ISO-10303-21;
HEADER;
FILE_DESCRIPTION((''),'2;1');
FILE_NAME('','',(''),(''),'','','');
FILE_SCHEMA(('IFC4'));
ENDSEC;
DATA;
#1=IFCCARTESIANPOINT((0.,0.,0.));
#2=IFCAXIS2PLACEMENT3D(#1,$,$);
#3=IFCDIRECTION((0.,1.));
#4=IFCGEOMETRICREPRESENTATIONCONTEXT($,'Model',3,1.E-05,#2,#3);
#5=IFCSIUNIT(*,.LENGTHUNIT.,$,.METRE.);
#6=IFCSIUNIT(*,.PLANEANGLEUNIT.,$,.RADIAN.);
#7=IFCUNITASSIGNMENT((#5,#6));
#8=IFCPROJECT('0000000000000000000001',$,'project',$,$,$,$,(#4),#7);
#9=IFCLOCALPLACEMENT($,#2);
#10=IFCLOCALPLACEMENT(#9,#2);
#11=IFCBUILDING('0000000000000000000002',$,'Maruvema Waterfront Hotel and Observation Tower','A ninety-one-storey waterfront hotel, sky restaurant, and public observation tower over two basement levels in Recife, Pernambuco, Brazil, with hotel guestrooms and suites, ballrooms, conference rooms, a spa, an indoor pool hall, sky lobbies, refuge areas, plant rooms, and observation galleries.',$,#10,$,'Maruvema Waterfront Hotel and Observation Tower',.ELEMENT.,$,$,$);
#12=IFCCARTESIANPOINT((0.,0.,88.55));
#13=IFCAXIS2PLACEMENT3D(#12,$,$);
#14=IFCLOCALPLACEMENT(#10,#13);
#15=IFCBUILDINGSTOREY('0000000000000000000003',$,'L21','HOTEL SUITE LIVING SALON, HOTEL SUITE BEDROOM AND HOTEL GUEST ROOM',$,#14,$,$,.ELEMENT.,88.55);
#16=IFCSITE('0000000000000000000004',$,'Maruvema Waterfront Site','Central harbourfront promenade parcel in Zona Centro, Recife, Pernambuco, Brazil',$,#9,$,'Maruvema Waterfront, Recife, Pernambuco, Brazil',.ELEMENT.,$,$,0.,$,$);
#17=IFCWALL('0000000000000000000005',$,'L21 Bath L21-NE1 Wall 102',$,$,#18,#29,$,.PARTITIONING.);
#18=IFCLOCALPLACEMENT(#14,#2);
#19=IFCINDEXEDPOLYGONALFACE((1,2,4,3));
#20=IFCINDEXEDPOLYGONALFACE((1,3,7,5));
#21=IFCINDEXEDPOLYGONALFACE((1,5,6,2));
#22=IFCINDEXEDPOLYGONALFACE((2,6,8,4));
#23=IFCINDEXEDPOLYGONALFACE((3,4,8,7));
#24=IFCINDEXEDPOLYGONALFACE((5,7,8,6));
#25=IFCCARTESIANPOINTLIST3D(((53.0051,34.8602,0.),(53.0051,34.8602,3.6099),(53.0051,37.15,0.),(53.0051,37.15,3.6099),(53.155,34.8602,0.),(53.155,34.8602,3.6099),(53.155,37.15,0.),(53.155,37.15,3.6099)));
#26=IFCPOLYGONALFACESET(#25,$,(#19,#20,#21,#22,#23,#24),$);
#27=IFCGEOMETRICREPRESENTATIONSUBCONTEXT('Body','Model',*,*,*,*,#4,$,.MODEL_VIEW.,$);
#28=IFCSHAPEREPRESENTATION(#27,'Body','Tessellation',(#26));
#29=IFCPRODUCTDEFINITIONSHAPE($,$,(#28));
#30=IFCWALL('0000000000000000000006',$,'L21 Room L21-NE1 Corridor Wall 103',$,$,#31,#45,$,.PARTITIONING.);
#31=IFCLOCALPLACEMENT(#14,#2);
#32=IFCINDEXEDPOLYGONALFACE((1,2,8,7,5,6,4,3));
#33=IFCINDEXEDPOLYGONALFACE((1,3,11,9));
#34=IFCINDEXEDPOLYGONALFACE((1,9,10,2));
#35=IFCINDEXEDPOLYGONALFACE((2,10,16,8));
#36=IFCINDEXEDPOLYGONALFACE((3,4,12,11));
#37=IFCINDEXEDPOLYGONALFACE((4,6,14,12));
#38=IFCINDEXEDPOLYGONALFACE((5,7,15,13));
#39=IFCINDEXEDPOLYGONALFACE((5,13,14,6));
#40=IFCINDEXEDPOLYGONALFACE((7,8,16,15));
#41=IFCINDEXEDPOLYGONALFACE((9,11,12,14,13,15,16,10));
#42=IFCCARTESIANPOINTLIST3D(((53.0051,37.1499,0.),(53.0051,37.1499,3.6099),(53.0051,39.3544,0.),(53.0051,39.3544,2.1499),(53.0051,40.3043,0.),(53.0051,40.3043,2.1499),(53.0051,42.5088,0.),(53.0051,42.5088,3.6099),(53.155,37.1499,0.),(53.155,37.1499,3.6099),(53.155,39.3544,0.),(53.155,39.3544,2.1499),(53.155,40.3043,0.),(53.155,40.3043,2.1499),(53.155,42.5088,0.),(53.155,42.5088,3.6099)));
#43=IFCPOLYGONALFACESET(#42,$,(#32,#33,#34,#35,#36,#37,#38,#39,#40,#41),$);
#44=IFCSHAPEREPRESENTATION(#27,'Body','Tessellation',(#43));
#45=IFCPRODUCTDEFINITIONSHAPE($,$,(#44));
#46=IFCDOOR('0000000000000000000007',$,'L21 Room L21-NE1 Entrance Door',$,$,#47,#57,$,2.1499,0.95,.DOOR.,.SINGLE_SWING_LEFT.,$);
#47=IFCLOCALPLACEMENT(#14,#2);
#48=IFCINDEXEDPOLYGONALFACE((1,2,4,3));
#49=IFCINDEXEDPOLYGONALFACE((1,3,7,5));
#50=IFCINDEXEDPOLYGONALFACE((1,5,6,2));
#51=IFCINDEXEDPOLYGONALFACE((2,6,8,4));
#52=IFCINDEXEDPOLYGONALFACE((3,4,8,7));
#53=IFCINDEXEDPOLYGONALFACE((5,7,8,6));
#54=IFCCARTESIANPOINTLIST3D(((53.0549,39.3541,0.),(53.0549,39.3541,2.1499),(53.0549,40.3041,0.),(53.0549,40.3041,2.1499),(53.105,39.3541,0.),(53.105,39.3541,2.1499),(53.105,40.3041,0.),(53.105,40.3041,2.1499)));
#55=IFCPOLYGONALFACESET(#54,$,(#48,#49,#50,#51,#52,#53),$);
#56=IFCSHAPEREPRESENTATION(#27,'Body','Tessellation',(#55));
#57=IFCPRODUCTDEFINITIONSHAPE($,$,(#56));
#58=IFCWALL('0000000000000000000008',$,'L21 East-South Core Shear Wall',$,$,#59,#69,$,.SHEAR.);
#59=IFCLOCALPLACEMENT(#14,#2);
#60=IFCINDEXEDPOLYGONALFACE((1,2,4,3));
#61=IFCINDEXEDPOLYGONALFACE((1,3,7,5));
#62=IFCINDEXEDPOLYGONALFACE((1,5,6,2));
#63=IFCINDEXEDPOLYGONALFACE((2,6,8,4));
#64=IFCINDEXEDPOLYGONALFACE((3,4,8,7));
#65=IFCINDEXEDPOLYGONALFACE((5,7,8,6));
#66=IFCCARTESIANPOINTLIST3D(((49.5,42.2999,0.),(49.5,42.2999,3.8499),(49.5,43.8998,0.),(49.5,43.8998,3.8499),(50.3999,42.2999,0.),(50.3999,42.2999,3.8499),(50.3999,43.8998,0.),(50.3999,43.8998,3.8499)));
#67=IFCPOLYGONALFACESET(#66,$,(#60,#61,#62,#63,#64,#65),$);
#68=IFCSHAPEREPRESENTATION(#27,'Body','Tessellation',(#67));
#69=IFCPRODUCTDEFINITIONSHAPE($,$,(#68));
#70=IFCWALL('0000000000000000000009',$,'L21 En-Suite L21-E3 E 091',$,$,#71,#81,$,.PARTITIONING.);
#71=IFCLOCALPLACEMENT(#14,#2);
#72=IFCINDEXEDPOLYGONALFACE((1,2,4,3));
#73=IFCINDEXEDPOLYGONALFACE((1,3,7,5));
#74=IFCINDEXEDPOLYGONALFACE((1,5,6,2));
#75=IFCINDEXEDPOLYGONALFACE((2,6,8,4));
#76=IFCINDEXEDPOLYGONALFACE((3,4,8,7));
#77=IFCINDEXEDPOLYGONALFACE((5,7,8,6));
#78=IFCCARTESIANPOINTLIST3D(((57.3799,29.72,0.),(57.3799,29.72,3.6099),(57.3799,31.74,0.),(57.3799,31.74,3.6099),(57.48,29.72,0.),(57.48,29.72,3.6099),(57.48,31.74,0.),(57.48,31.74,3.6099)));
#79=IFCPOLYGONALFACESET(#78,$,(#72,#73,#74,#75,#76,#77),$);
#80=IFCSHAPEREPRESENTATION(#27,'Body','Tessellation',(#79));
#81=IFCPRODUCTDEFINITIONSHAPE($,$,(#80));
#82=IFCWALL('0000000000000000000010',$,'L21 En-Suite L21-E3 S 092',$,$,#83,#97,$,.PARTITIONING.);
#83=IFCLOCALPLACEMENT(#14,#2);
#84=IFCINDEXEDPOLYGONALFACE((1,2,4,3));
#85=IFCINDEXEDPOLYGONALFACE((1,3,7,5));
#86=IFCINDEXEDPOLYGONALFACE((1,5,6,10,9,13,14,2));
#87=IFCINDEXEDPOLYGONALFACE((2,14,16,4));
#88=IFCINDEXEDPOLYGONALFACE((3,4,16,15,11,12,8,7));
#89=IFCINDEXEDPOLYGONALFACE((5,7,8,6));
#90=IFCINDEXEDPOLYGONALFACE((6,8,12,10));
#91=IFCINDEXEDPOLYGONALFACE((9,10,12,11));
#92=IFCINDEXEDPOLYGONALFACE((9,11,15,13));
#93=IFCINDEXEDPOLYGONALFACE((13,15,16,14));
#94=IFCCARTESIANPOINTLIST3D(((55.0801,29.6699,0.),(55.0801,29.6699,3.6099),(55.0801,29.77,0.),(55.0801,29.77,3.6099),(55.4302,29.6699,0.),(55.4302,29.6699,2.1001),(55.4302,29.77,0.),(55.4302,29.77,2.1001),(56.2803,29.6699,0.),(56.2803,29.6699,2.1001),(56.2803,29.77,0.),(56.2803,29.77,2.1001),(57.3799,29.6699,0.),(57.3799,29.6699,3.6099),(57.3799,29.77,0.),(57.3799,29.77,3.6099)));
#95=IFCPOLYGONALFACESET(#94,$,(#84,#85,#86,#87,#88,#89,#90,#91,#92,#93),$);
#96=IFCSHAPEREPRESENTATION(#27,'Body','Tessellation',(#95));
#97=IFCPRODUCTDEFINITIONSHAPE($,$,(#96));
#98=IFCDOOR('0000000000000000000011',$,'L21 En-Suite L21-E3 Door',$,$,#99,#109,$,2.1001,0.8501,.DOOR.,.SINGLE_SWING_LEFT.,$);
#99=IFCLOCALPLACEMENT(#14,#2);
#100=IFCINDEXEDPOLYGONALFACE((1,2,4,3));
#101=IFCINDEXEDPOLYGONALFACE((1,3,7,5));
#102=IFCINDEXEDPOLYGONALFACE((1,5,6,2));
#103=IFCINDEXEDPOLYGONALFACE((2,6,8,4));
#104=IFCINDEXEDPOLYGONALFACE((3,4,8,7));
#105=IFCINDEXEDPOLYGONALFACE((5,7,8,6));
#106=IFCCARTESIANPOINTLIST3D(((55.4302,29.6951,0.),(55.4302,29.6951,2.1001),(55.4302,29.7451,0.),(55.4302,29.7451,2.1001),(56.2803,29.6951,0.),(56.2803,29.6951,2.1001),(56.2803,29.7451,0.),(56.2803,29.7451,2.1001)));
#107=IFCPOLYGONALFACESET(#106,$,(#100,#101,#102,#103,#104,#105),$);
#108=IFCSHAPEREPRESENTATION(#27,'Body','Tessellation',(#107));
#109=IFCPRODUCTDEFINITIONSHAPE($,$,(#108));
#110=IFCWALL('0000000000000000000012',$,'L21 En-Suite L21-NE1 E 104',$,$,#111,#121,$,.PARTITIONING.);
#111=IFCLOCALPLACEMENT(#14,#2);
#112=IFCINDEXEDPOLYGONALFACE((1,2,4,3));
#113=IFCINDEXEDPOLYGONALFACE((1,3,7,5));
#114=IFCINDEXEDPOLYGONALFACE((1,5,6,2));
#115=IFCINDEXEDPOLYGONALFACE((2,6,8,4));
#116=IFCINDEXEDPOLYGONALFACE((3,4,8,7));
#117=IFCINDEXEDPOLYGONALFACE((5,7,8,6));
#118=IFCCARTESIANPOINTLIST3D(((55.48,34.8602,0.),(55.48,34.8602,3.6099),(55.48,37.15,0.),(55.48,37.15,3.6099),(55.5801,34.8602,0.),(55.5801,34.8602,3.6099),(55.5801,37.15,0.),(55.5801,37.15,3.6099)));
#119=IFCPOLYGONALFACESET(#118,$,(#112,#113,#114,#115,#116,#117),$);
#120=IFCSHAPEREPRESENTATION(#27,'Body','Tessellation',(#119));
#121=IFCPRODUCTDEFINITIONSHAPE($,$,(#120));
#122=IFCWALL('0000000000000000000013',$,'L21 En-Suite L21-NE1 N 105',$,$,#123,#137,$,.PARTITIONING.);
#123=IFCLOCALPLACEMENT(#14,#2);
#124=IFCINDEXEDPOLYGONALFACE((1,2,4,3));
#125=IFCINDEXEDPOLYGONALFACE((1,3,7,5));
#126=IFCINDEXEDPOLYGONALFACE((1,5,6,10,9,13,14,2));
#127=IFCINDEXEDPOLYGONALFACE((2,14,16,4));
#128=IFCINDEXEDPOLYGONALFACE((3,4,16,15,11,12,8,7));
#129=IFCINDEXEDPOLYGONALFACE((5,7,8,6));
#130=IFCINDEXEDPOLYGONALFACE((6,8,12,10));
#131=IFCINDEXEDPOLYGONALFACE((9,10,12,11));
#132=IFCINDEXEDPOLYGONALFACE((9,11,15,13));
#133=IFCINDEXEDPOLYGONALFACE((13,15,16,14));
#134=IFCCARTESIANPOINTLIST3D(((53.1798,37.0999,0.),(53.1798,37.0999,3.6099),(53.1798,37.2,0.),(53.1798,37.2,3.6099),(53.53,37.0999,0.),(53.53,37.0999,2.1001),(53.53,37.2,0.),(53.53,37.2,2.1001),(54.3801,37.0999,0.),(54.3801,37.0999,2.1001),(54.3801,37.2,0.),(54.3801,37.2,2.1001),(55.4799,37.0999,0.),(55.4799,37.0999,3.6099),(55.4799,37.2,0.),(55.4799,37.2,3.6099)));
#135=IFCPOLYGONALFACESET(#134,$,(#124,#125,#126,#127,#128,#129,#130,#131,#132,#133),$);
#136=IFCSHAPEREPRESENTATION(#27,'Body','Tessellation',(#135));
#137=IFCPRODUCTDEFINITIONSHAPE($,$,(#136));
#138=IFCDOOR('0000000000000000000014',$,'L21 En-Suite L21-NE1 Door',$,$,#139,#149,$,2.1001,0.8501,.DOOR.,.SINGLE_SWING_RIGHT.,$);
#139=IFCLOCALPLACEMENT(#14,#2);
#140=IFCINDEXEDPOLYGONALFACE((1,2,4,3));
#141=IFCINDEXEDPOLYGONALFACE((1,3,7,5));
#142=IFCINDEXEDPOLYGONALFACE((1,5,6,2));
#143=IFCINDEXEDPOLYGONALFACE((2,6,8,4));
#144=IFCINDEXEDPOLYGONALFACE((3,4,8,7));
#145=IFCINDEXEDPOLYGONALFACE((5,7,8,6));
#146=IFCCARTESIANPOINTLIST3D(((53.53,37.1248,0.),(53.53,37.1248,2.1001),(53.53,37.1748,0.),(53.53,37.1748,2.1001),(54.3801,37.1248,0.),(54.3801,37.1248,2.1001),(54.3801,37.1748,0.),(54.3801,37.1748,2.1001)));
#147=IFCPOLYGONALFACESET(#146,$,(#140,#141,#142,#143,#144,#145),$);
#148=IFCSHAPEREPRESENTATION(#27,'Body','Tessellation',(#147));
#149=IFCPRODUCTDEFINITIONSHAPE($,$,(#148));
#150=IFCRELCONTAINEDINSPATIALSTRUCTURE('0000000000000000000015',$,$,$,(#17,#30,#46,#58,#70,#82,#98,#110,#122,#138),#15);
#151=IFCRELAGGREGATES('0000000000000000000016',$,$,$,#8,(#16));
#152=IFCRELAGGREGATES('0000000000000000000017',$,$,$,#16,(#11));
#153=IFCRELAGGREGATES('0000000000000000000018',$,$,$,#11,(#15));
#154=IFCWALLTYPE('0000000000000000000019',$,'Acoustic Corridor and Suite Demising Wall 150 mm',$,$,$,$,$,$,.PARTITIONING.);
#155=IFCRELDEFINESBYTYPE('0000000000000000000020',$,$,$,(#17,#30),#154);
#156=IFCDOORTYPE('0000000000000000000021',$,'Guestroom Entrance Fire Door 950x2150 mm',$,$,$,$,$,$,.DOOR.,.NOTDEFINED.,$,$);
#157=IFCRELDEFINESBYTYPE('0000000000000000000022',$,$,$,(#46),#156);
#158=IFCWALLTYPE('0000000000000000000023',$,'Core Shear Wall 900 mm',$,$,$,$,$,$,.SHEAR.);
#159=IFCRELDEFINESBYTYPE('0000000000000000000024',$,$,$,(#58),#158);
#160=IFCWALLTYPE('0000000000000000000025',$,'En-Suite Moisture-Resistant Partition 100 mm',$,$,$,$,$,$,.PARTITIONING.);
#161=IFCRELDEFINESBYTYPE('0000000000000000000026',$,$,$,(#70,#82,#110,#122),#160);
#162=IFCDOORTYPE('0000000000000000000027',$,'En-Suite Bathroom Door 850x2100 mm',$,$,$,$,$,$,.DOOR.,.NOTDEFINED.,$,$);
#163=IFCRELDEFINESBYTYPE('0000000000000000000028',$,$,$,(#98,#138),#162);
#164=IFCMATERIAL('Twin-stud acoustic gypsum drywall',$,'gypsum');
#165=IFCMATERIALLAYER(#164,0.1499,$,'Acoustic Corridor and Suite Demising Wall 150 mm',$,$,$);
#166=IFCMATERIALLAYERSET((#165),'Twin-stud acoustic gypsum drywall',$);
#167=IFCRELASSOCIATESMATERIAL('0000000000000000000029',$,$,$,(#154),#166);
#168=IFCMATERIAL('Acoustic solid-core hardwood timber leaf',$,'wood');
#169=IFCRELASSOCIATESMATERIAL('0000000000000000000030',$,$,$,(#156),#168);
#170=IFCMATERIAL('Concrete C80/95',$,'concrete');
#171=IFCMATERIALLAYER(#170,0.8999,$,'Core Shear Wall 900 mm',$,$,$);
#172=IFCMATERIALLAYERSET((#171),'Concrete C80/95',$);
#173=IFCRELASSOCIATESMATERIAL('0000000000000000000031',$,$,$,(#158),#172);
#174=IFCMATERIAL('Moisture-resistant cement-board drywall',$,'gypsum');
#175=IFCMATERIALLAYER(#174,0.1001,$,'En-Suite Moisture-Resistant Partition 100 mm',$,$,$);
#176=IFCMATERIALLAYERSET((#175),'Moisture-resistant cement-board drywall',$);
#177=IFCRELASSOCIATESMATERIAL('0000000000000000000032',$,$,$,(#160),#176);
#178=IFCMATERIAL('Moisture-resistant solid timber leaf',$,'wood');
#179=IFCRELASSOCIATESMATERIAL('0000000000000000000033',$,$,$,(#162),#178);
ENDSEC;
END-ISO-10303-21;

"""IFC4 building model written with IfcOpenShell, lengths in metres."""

from ifc_helpers import new_model, si_unit, direction, frame, frame_2d, origin, place, context, subcontext, project, spatial, rectangle, extrude, material, layer, layer_set, type_object, element, fill, save


model = new_model("IFC4")

# Units and contexts
model_context = context("Model", 3, precision=1e-05, world=origin(), true_north=direction((0.0, 1.0)))
body_context = subcontext(model_context, "Body", "Model", "MODEL_VIEW")
ifc_project = project(units=[si_unit("LENGTHUNIT", "METRE"), si_unit("PLANEANGLEUNIT", "RADIAN")], contexts=[model_context])

# Site, building, storey
site_placement = place(None, origin())
site = spatial("IfcSite", under=ifc_project, at=site_placement, Name="Maruvema Waterfront Site", Description="Central harbourfront promenade parcel in Zona Centro, Recife, Pernambuco, Brazil", LongName="Maruvema Waterfront, Recife, Pernambuco, Brazil", CompositionType="ELEMENT", RefElevation=0.0)
building_placement = place(site_placement, origin())
building = spatial("IfcBuilding", under=site, at=building_placement, Name="Maruvema Waterfront Hotel and Observation Tower", Description="A ninety-one-storey waterfront hotel, sky restaurant, and public observation tower over two basement levels in Recife, Pernambuco, Brazil, with hotel guestrooms and suites, ballrooms, conference rooms, a spa, an indoor pool hall, sky lobbies, refuge areas, plant rooms, and observation galleries.", LongName="Maruvema Waterfront Hotel and Observation Tower", CompositionType="ELEMENT")
storey_placement = place(building_placement, frame((0.0, 0.0, 88.55)))
storey = spatial("IfcBuildingStorey", under=building, at=storey_placement, Name="L21", Description="HOTEL SUITE LIVING SALON, HOTEL SUITE BEDROOM AND HOTEL GUEST ROOM", CompositionType="ELEMENT", Elevation=88.55)

# Wall
ifc_material_1 = material(Name="Twin-stud acoustic gypsum drywall", Category="gypsum")
ifc_layer_1 = layer(ifc_material_1, 0.1499, Name="Acoustic Corridor and Suite Demising Wall 150 mm")
ifc_layer_set_1 = layer_set([ifc_layer_1], Name="Twin-stud acoustic gypsum drywall")
wall_type_1 = type_object("IfcWallType", Name="Acoustic Corridor and Suite Demising Wall 150 mm", PredefinedType="PARTITIONING", material=ifc_layer_set_1)
wall_1_placement = place(storey_placement, frame((53.0801, 34.8601, 0.0), z_axis=(0.0, 0.0, 1.0), x_axis=(0.0, 1.0, 0.0)))
element("IfcWall", 1, at=wall_1_placement, inside=storey, type_object=wall_type_1, Name="L21 Bath L21-NE1 Wall 102", PredefinedType="PARTITIONING", context=body_context, shape_type="SweptSolid", body=[
    extrude(rectangle(XDim=2.2898, YDim=0.1499, at=frame_2d((1.145, 0.0))), origin(), (0.0, 0.0, 1.0), 3.6099),
])

# Wall, opening, door
wall_2_placement = place(storey_placement, frame((53.0801, 37.1499, 0.0), z_axis=(0.0, 0.0, 1.0), x_axis=(0.0, 1.0, 0.0)))
wall_2 = element("IfcWall", 2, at=wall_2_placement, inside=storey, type_object=wall_type_1, Name="L21 Room L21-NE1 Corridor Wall 103", PredefinedType="PARTITIONING", context=body_context, shape_type="SweptSolid", body=[
    extrude(rectangle(XDim=5.3589, YDim=0.1499, at=frame_2d((2.6794, 0.0))), origin(), (0.0, 0.0, 1.0), 3.6099),
])
opening_1_placement = place(wall_2_placement, frame((2.2043, 0.0, 0.0)))
opening_1 = element("IfcOpeningElement", 3, at=opening_1_placement, cuts=wall_2, PredefinedType="OPENING", context=body_context, shape_type="SweptSolid", body=[
    extrude(rectangle(XDim=0.95, YDim=2.1499, at=frame_2d((0.4751, 1.075))), frame((0.0, 0.085, 0.0), z_axis=(0.0, -1.0, 0.0), x_axis=(1.0, 0.0, 0.0)), (0.0, 0.0, 1.0), 0.1699),
])
ifc_material_2 = material(Name="Acoustic solid-core hardwood timber leaf", Category="wood")
door_type_1 = type_object("IfcDoorType", Name="Guestroom Entrance Fire Door 950x2150 mm", OperationType="NOTDEFINED", PredefinedType="DOOR", material=ifc_material_2)
door_1_placement = place(opening_1_placement, frame((0.95, 0.0, 0.0), z_axis=(0.0, 0.0, 1.0), x_axis=(-1.0, 0.0, 0.0)))
door_1 = element("IfcDoor", 4, at=door_1_placement, inside=storey, type_object=door_type_1, Name="L21 Room L21-NE1 Entrance Door", OperationType="SINGLE_SWING_LEFT", OverallHeight=2.1499, OverallWidth=0.95, PredefinedType="DOOR", context=body_context, shape_type="SweptSolid", body=[
    extrude(rectangle(XDim=0.95, YDim=2.1499, at=frame_2d((0.4751, 1.075))), frame((0.0, 0.0249, 0.0), z_axis=(0.0, -1.0, 0.0), x_axis=(1.0, 0.0, 0.0)), (0.0, 0.0, 1.0), 0.05),
])
fill(opening_1, door_1)

# Walls
ifc_material_3 = material(Name="Concrete C80/95", Category="concrete")
ifc_layer_2 = layer(ifc_material_3, 0.8999, Name="Core Shear Wall 900 mm")
ifc_layer_set_2 = layer_set([ifc_layer_2], Name="Concrete C80/95")
wall_type_2 = type_object("IfcWallType", Name="Core Shear Wall 900 mm", PredefinedType="SHEAR", material=ifc_layer_set_2)
wall_3_placement = place(storey_placement, frame((49.95, 42.3, 0.0), z_axis=(0.0, 0.0, 1.0), x_axis=(0.0, 1.0, 0.0)))
element("IfcWall", 5, at=wall_3_placement, inside=storey, type_object=wall_type_2, Name="L21 East-South Core Shear Wall", PredefinedType="SHEAR", context=body_context, shape_type="SweptSolid", body=[
    extrude(rectangle(XDim=1.5999, YDim=0.8999, at=frame_2d((0.7998, 0.0))), origin(), (0.0, 0.0, 1.0), 3.8499),
])
ifc_material_4 = material(Name="Moisture-resistant cement-board drywall", Category="gypsum")
ifc_layer_3 = layer(ifc_material_4, 0.1001, Name="En-Suite Moisture-Resistant Partition 100 mm")
ifc_layer_set_3 = layer_set([ifc_layer_3], Name="Moisture-resistant cement-board drywall")
wall_type_3 = type_object("IfcWallType", Name="En-Suite Moisture-Resistant Partition 100 mm", PredefinedType="PARTITIONING", material=ifc_layer_set_3)
wall_4_placement = place(storey_placement, frame((57.4299, 29.72, 0.0), z_axis=(0.0, 0.0, 1.0), x_axis=(0.0, 1.0, 0.0)))
element("IfcWall", 6, at=wall_4_placement, inside=storey, type_object=wall_type_3, Name="L21 En-Suite L21-E3 E 091", PredefinedType="PARTITIONING", context=body_context, shape_type="SweptSolid", body=[
    extrude(rectangle(XDim=2.02, YDim=0.1001, at=frame_2d((1.01, 0.0))), origin(), (0.0, 0.0, 1.0), 3.6099),
])

# Wall, opening, door
wall_5_placement = place(storey_placement, frame((55.0801, 29.72, 0.0), z_axis=(0.0, 0.0, 1.0), x_axis=(1.0, 0.0, 0.0)))
wall_5 = element("IfcWall", 7, at=wall_5_placement, inside=storey, type_object=wall_type_3, Name="L21 En-Suite L21-E3 S 092", PredefinedType="PARTITIONING", context=body_context, shape_type="SweptSolid", body=[
    extrude(rectangle(XDim=2.2998, YDim=0.1001, at=frame_2d((1.1499, 0.0))), origin(), (0.0, 0.0, 1.0), 3.6099),
])
opening_2_placement = place(wall_5_placement, frame((0.3501, 0.0, 0.0)))
opening_2 = element("IfcOpeningElement", 8, at=opening_2_placement, cuts=wall_5, PredefinedType="OPENING", context=body_context, shape_type="SweptSolid", body=[
    extrude(rectangle(XDim=0.8501, YDim=2.1001, at=frame_2d((0.425, 1.05))), frame((0.0, 0.0601, 0.0), z_axis=(0.0, -1.0, 0.0), x_axis=(1.0, 0.0, 0.0)), (0.0, 0.0, 1.0), 0.1201),
])
ifc_material_5 = material(Name="Moisture-resistant solid timber leaf", Category="wood")
door_type_2 = type_object("IfcDoorType", Name="En-Suite Bathroom Door 850x2100 mm", OperationType="NOTDEFINED", PredefinedType="DOOR", material=ifc_material_5)
door_2_placement = place(opening_2_placement, frame((0.8501, 0.0, 0.0), z_axis=(0.0, 0.0, 1.0), x_axis=(-1.0, 0.0, 0.0)))
door_2 = element("IfcDoor", 9, at=door_2_placement, inside=storey, type_object=door_type_2, Name="L21 En-Suite L21-E3 Door", OperationType="SINGLE_SWING_LEFT", OverallHeight=2.1001, OverallWidth=0.8501, PredefinedType="DOOR", context=body_context, shape_type="SweptSolid", body=[
    extrude(rectangle(XDim=0.8501, YDim=2.1001, at=frame_2d((0.425, 1.05))), frame((0.0, 0.0249, 0.0), z_axis=(0.0, -1.0, 0.0), x_axis=(1.0, 0.0, 0.0)), (0.0, 0.0, 1.0), 0.05),
])
fill(opening_2, door_2)

# Wall
wall_6_placement = place(storey_placement, frame((55.53, 34.8601, 0.0), z_axis=(0.0, 0.0, 1.0), x_axis=(0.0, 1.0, 0.0)))
element("IfcWall", 10, at=wall_6_placement, inside=storey, type_object=wall_type_3, Name="L21 En-Suite L21-NE1 E 104", PredefinedType="PARTITIONING", context=body_context, shape_type="SweptSolid", body=[
    extrude(rectangle(XDim=2.2898, YDim=0.1001, at=frame_2d((1.145, 0.0))), origin(), (0.0, 0.0, 1.0), 3.6099),
])

# Wall, opening, door
wall_7_placement = place(storey_placement, frame((53.1799, 37.1499, 0.0), z_axis=(0.0, 0.0, 1.0), x_axis=(1.0, 0.0, 0.0)))
wall_7 = element("IfcWall", 11, at=wall_7_placement, inside=storey, type_object=wall_type_3, Name="L21 En-Suite L21-NE1 N 105", PredefinedType="PARTITIONING", context=body_context, shape_type="SweptSolid", body=[
    extrude(rectangle(XDim=2.3, YDim=0.1001, at=frame_2d((1.1499, 0.0))), origin(), (0.0, 0.0, 1.0), 3.6099),
])
opening_3_placement = place(wall_7_placement, frame((0.3501, 0.0, 0.0)))
opening_3 = element("IfcOpeningElement", 12, at=opening_3_placement, cuts=wall_7, PredefinedType="OPENING", context=body_context, shape_type="SweptSolid", body=[
    extrude(rectangle(XDim=0.8501, YDim=2.1001, at=frame_2d((0.425, 1.05))), frame((0.0, 0.0601, 0.0), z_axis=(0.0, -1.0, 0.0), x_axis=(1.0, 0.0, 0.0)), (0.0, 0.0, 1.0), 0.1201),
])
door_3_placement = place(opening_3_placement, origin())
door_3 = element("IfcDoor", 13, at=door_3_placement, inside=storey, type_object=door_type_2, Name="L21 En-Suite L21-NE1 Door", OperationType="SINGLE_SWING_RIGHT", OverallHeight=2.1001, OverallWidth=0.8501, PredefinedType="DOOR", context=body_context, shape_type="SweptSolid", body=[
    extrude(rectangle(XDim=0.8501, YDim=2.1001, at=frame_2d((0.425, 1.05))), frame((0.0, 0.0249, 0.0), z_axis=(0.0, -1.0, 0.0), x_axis=(1.0, 0.0, 0.0)), (0.0, 0.0, 1.0), 0.05),
])
fill(opening_3, door_3)

save(model, "model.ifc")
